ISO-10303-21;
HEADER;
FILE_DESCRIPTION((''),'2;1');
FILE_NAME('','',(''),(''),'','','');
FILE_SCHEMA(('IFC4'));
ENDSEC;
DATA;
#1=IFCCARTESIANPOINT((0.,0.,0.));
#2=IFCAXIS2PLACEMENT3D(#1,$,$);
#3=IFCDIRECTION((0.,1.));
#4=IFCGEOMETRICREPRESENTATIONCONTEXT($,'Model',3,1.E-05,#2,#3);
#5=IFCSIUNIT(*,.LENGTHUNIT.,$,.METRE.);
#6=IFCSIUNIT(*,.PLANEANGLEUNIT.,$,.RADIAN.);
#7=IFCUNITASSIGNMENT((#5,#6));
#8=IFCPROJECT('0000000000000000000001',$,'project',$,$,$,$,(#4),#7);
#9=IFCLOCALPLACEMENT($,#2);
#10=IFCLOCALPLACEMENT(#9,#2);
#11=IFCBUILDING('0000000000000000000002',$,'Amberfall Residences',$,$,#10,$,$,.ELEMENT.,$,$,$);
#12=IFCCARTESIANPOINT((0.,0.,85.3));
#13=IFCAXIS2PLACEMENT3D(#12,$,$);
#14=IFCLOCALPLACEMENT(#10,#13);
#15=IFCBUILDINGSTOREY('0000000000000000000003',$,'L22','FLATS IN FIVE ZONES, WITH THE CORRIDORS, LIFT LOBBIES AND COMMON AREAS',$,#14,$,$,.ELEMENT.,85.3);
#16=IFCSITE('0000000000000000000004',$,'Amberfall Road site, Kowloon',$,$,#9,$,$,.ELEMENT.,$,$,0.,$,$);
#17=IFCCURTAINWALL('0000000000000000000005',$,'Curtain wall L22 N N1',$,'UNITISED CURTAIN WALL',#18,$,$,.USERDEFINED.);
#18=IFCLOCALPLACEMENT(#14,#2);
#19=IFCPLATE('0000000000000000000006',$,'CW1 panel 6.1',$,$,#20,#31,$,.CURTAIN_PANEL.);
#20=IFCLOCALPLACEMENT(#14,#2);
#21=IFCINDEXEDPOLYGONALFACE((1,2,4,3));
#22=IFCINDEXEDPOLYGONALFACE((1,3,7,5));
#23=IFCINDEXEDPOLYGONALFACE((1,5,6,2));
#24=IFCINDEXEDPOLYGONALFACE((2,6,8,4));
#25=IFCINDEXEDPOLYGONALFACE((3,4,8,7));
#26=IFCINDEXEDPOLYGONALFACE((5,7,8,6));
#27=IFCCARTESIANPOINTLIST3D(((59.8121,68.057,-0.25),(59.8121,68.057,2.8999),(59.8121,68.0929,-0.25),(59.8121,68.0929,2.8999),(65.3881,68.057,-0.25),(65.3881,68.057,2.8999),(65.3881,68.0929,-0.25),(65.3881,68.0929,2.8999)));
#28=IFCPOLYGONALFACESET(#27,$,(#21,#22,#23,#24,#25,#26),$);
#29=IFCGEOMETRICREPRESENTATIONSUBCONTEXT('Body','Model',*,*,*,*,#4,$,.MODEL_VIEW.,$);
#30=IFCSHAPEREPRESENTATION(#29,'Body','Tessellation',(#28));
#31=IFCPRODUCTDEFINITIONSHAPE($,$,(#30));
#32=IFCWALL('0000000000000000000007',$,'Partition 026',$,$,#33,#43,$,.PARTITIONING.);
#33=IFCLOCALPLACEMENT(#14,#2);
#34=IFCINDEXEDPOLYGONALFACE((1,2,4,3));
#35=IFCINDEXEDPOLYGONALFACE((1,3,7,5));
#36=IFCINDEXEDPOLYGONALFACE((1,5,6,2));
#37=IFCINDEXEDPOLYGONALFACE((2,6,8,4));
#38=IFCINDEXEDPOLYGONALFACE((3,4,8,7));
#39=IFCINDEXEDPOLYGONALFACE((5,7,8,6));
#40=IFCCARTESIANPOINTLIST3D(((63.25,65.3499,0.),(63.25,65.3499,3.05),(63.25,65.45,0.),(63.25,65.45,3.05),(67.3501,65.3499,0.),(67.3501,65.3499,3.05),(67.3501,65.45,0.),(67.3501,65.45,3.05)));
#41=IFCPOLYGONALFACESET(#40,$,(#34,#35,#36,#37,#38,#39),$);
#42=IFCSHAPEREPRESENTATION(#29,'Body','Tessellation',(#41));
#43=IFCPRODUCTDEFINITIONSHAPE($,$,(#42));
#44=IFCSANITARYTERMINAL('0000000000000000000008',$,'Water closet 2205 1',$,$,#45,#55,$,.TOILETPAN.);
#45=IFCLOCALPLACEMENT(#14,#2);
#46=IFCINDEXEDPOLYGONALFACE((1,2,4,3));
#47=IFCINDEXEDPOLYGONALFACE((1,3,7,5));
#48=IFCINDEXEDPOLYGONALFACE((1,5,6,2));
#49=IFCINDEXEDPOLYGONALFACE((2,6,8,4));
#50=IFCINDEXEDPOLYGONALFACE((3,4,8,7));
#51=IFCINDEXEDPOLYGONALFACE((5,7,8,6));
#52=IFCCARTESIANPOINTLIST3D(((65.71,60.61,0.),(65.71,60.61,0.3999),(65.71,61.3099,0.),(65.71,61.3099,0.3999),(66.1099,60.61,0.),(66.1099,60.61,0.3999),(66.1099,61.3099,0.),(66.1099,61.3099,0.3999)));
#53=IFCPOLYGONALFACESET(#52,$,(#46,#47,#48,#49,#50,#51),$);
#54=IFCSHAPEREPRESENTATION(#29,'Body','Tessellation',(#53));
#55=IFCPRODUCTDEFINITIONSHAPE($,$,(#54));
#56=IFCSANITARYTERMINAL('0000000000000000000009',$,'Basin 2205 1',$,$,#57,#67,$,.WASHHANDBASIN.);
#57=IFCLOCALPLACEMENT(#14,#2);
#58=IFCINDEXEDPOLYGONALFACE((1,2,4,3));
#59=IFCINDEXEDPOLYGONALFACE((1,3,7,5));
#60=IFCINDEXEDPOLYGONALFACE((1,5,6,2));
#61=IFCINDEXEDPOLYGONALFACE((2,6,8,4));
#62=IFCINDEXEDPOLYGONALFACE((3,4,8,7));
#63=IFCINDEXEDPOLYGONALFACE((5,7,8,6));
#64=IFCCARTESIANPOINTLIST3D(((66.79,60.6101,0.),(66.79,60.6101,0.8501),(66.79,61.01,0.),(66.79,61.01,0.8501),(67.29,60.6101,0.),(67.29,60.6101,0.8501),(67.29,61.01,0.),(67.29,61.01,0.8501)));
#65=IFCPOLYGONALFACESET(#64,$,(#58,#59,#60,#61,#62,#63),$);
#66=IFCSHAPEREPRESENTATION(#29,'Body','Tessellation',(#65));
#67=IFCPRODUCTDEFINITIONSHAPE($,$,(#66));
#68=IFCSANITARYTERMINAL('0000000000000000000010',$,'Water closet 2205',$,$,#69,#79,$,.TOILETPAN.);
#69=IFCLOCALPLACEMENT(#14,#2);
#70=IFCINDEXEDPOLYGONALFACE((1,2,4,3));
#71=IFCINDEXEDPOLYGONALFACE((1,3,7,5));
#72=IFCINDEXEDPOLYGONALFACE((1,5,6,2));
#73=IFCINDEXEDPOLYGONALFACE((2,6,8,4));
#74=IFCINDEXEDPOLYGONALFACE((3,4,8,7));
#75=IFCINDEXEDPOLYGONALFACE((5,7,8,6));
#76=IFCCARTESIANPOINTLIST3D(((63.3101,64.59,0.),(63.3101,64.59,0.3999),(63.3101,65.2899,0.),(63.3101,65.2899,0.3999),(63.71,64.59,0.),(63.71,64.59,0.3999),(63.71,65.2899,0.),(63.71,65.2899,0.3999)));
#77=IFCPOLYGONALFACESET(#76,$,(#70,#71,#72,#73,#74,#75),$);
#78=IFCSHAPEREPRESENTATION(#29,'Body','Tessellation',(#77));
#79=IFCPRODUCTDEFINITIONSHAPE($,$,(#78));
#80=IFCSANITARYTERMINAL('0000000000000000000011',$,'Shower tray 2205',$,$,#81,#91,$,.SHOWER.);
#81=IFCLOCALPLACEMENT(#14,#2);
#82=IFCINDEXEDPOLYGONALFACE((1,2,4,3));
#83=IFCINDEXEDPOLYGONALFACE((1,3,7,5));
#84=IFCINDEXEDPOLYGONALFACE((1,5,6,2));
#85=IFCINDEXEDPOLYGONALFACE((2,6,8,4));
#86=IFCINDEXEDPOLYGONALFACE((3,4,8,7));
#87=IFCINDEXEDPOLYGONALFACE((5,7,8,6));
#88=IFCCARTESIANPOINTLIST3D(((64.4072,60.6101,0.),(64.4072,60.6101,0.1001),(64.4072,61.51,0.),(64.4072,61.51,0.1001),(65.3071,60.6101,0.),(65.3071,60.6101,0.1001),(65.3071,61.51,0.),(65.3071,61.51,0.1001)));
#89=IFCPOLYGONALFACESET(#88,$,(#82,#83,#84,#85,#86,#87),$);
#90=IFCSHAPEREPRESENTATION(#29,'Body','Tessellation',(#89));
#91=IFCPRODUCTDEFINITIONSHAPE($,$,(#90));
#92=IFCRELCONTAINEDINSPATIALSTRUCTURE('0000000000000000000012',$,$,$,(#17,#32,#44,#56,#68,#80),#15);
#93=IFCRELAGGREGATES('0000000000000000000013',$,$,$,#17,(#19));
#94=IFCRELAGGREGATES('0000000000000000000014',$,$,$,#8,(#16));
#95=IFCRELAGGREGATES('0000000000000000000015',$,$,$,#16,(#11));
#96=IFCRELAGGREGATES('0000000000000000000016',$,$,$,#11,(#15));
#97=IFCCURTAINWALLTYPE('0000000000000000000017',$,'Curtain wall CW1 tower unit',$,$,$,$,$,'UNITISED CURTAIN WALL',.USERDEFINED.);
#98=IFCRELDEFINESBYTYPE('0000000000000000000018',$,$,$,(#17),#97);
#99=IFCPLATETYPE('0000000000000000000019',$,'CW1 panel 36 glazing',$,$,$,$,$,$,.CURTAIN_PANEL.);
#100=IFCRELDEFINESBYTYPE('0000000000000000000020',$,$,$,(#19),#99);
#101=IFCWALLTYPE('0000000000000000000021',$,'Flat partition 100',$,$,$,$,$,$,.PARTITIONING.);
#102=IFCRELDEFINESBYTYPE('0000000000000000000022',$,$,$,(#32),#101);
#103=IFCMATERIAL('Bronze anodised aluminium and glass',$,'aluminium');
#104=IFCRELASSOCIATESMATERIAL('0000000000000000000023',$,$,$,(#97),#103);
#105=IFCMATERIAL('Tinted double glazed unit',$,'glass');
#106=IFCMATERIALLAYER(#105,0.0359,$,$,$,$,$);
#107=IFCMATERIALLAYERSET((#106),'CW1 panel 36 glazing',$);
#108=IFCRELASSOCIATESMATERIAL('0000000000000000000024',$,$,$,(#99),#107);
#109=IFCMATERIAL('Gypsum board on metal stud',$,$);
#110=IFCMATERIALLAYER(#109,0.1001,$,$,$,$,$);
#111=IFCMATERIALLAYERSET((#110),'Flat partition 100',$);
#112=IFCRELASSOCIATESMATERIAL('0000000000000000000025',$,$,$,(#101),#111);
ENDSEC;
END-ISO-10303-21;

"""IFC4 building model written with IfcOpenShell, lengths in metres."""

from ifc_helpers import new_model, si_unit, direction, frame, frame_2d, origin, origin_2d, place, context, subcontext, project, spatial, rectangle, extrude, material, layer, layer_set, type_object, element, aggregate, save


model = new_model("IFC4")

# Units and contexts
model_context = context("Model", 3, precision=1e-05, world=origin(), true_north=direction((0.0, 1.0)))
body_context = subcontext(model_context, "Body", "Model", "MODEL_VIEW")
ifc_project = project(units=[si_unit("LENGTHUNIT", "METRE"), si_unit("PLANEANGLEUNIT", "RADIAN")], contexts=[model_context])

# Site, building, storey
site_placement = place(None, origin())
site = spatial("IfcSite", under=ifc_project, at=site_placement, Name="Amberfall Road site, Kowloon", CompositionType="ELEMENT", RefElevation=0.0)
building_placement = place(site_placement, origin())
building = spatial("IfcBuilding", under=site, at=building_placement, Name="Amberfall Residences", CompositionType="ELEMENT")
storey_placement = place(building_placement, frame((0.0, 0.0, 85.3)))
storey = spatial("IfcBuildingStorey", under=building, at=storey_placement, Name="L22", Description="FLATS IN FIVE ZONES, WITH THE CORRIDORS, LIFT LOBBIES AND COMMON AREAS", CompositionType="ELEMENT", Elevation=85.3)

# Curtain wall
ifc_material_1 = material(Name="Bronze anodised aluminium and glass", Category="aluminium")
curtain_wall_type = type_object("IfcCurtainWallType", Name="Curtain wall CW1 tower unit", ElementType="UNITISED CURTAIN WALL", PredefinedType="USERDEFINED", material=ifc_material_1)
curtain_wall_placement = place(storey_placement, origin())
curtain_wall = element("IfcCurtainWall", 1, at=curtain_wall_placement, inside=storey, type_object=curtain_wall_type, Name="Curtain wall L22 N N1", ObjectType="UNITISED CURTAIN WALL", PredefinedType="USERDEFINED")

# Plate
ifc_material_2 = material(Name="Tinted double glazed unit", Category="glass")
ifc_layer_1 = layer(ifc_material_2, 0.0359)
ifc_layer_set_1 = layer_set([ifc_layer_1], Name="CW1 panel 36 glazing")
plate_type = type_object("IfcPlateType", Name="CW1 panel 36 glazing", PredefinedType="CURTAIN_PANEL", material=ifc_layer_set_1)
plate_1_placement = place(storey_placement, frame((62.6001, 68.075, -0.25), z_axis=(0.0, 0.0, 1.0), x_axis=(-1.0, 0.0, 0.0)))
plate_1 = element("IfcPlate", 2, at=plate_1_placement, type_object=plate_type, Name="CW1 panel 6.1", PredefinedType="CURTAIN_PANEL", context=body_context, shape_type="SweptSolid", body=[
    extrude(rectangle(XDim=5.5759, YDim=0.0359, at=origin_2d()), origin(), (0.0, 0.0, 1.0), 3.1499),
])
aggregate(curtain_wall, [plate_1])

# Wall
ifc_material_3 = material(Name="Gypsum board on metal stud")
ifc_layer_2 = layer(ifc_material_3, 0.1001)
ifc_layer_set_2 = layer_set([ifc_layer_2], Name="Flat partition 100")
wall_type = type_object("IfcWallType", Name="Flat partition 100", PredefinedType="PARTITIONING", material=ifc_layer_set_2)
wall_placement = place(storey_placement, frame((63.25, 65.3999, 0.0), z_axis=(0.0, 0.0, 1.0), x_axis=(1.0, 0.0, 0.0)))
element("IfcWall", 3, at=wall_placement, inside=storey, type_object=wall_type, Name="Partition 026", PredefinedType="PARTITIONING", context=body_context, shape_type="SweptSolid", body=[
    extrude(rectangle(XDim=4.1001, YDim=0.1001, at=frame_2d((2.05, 0.0))), origin(), (0.0, 0.0, 1.0), 3.05),
])

# Sanitary terminals
sanitary_terminal_1_placement = place(storey_placement, frame((65.9099, 60.96, 0.0), z_axis=(0.0, 0.0, 1.0), x_axis=(1.0, 0.0, 0.0)))
element("IfcSanitaryTerminal", 4, at=sanitary_terminal_1_placement, inside=storey, Name="Water closet 2205 1", PredefinedType="TOILETPAN", context=body_context, shape_type="SweptSolid", body=[
    extrude(rectangle(XDim=0.3999, YDim=0.7, at=origin_2d()), origin(), (0.0, 0.0, 1.0), 0.3999),
])
sanitary_terminal_2_placement = place(storey_placement, frame((67.04, 60.8101, 0.0), z_axis=(0.0, 0.0, 1.0), x_axis=(1.0, 0.0, 0.0)))
element("IfcSanitaryTerminal", 5, at=sanitary_terminal_2_placement, inside=storey, Name="Basin 2205 1", PredefinedType="WASHHANDBASIN", context=body_context, shape_type="SweptSolid", body=[
    extrude(rectangle(XDim=0.5, YDim=0.3999, at=origin_2d()), origin(), (0.0, 0.0, 1.0), 0.8501),
])
sanitary_terminal_3_placement = place(storey_placement, frame((63.51, 64.9399, 0.0), z_axis=(0.0, 0.0, 1.0), x_axis=(1.0, 0.0, 0.0)))
element("IfcSanitaryTerminal", 6, at=sanitary_terminal_3_placement, inside=storey, Name="Water closet 2205", PredefinedType="TOILETPAN", context=body_context, shape_type="SweptSolid", body=[
    extrude(rectangle(XDim=0.3999, YDim=0.7, at=origin_2d()), origin(), (0.0, 0.0, 1.0), 0.3999),
])
sanitary_terminal_4_placement = place(storey_placement, frame((64.8572, 61.0601, 0.0), z_axis=(0.0, 0.0, 1.0), x_axis=(1.0, 0.0, 0.0)))
element("IfcSanitaryTerminal", 7, at=sanitary_terminal_4_placement, inside=storey, Name="Shower tray 2205", PredefinedType="SHOWER", context=body_context, shape_type="SweptSolid", body=[
    extrude(rectangle(XDim=0.8999, YDim=0.8999, at=origin_2d()), origin(), (0.0, 0.0, 1.0), 0.1001),
])

save(model, "model.ifc")
